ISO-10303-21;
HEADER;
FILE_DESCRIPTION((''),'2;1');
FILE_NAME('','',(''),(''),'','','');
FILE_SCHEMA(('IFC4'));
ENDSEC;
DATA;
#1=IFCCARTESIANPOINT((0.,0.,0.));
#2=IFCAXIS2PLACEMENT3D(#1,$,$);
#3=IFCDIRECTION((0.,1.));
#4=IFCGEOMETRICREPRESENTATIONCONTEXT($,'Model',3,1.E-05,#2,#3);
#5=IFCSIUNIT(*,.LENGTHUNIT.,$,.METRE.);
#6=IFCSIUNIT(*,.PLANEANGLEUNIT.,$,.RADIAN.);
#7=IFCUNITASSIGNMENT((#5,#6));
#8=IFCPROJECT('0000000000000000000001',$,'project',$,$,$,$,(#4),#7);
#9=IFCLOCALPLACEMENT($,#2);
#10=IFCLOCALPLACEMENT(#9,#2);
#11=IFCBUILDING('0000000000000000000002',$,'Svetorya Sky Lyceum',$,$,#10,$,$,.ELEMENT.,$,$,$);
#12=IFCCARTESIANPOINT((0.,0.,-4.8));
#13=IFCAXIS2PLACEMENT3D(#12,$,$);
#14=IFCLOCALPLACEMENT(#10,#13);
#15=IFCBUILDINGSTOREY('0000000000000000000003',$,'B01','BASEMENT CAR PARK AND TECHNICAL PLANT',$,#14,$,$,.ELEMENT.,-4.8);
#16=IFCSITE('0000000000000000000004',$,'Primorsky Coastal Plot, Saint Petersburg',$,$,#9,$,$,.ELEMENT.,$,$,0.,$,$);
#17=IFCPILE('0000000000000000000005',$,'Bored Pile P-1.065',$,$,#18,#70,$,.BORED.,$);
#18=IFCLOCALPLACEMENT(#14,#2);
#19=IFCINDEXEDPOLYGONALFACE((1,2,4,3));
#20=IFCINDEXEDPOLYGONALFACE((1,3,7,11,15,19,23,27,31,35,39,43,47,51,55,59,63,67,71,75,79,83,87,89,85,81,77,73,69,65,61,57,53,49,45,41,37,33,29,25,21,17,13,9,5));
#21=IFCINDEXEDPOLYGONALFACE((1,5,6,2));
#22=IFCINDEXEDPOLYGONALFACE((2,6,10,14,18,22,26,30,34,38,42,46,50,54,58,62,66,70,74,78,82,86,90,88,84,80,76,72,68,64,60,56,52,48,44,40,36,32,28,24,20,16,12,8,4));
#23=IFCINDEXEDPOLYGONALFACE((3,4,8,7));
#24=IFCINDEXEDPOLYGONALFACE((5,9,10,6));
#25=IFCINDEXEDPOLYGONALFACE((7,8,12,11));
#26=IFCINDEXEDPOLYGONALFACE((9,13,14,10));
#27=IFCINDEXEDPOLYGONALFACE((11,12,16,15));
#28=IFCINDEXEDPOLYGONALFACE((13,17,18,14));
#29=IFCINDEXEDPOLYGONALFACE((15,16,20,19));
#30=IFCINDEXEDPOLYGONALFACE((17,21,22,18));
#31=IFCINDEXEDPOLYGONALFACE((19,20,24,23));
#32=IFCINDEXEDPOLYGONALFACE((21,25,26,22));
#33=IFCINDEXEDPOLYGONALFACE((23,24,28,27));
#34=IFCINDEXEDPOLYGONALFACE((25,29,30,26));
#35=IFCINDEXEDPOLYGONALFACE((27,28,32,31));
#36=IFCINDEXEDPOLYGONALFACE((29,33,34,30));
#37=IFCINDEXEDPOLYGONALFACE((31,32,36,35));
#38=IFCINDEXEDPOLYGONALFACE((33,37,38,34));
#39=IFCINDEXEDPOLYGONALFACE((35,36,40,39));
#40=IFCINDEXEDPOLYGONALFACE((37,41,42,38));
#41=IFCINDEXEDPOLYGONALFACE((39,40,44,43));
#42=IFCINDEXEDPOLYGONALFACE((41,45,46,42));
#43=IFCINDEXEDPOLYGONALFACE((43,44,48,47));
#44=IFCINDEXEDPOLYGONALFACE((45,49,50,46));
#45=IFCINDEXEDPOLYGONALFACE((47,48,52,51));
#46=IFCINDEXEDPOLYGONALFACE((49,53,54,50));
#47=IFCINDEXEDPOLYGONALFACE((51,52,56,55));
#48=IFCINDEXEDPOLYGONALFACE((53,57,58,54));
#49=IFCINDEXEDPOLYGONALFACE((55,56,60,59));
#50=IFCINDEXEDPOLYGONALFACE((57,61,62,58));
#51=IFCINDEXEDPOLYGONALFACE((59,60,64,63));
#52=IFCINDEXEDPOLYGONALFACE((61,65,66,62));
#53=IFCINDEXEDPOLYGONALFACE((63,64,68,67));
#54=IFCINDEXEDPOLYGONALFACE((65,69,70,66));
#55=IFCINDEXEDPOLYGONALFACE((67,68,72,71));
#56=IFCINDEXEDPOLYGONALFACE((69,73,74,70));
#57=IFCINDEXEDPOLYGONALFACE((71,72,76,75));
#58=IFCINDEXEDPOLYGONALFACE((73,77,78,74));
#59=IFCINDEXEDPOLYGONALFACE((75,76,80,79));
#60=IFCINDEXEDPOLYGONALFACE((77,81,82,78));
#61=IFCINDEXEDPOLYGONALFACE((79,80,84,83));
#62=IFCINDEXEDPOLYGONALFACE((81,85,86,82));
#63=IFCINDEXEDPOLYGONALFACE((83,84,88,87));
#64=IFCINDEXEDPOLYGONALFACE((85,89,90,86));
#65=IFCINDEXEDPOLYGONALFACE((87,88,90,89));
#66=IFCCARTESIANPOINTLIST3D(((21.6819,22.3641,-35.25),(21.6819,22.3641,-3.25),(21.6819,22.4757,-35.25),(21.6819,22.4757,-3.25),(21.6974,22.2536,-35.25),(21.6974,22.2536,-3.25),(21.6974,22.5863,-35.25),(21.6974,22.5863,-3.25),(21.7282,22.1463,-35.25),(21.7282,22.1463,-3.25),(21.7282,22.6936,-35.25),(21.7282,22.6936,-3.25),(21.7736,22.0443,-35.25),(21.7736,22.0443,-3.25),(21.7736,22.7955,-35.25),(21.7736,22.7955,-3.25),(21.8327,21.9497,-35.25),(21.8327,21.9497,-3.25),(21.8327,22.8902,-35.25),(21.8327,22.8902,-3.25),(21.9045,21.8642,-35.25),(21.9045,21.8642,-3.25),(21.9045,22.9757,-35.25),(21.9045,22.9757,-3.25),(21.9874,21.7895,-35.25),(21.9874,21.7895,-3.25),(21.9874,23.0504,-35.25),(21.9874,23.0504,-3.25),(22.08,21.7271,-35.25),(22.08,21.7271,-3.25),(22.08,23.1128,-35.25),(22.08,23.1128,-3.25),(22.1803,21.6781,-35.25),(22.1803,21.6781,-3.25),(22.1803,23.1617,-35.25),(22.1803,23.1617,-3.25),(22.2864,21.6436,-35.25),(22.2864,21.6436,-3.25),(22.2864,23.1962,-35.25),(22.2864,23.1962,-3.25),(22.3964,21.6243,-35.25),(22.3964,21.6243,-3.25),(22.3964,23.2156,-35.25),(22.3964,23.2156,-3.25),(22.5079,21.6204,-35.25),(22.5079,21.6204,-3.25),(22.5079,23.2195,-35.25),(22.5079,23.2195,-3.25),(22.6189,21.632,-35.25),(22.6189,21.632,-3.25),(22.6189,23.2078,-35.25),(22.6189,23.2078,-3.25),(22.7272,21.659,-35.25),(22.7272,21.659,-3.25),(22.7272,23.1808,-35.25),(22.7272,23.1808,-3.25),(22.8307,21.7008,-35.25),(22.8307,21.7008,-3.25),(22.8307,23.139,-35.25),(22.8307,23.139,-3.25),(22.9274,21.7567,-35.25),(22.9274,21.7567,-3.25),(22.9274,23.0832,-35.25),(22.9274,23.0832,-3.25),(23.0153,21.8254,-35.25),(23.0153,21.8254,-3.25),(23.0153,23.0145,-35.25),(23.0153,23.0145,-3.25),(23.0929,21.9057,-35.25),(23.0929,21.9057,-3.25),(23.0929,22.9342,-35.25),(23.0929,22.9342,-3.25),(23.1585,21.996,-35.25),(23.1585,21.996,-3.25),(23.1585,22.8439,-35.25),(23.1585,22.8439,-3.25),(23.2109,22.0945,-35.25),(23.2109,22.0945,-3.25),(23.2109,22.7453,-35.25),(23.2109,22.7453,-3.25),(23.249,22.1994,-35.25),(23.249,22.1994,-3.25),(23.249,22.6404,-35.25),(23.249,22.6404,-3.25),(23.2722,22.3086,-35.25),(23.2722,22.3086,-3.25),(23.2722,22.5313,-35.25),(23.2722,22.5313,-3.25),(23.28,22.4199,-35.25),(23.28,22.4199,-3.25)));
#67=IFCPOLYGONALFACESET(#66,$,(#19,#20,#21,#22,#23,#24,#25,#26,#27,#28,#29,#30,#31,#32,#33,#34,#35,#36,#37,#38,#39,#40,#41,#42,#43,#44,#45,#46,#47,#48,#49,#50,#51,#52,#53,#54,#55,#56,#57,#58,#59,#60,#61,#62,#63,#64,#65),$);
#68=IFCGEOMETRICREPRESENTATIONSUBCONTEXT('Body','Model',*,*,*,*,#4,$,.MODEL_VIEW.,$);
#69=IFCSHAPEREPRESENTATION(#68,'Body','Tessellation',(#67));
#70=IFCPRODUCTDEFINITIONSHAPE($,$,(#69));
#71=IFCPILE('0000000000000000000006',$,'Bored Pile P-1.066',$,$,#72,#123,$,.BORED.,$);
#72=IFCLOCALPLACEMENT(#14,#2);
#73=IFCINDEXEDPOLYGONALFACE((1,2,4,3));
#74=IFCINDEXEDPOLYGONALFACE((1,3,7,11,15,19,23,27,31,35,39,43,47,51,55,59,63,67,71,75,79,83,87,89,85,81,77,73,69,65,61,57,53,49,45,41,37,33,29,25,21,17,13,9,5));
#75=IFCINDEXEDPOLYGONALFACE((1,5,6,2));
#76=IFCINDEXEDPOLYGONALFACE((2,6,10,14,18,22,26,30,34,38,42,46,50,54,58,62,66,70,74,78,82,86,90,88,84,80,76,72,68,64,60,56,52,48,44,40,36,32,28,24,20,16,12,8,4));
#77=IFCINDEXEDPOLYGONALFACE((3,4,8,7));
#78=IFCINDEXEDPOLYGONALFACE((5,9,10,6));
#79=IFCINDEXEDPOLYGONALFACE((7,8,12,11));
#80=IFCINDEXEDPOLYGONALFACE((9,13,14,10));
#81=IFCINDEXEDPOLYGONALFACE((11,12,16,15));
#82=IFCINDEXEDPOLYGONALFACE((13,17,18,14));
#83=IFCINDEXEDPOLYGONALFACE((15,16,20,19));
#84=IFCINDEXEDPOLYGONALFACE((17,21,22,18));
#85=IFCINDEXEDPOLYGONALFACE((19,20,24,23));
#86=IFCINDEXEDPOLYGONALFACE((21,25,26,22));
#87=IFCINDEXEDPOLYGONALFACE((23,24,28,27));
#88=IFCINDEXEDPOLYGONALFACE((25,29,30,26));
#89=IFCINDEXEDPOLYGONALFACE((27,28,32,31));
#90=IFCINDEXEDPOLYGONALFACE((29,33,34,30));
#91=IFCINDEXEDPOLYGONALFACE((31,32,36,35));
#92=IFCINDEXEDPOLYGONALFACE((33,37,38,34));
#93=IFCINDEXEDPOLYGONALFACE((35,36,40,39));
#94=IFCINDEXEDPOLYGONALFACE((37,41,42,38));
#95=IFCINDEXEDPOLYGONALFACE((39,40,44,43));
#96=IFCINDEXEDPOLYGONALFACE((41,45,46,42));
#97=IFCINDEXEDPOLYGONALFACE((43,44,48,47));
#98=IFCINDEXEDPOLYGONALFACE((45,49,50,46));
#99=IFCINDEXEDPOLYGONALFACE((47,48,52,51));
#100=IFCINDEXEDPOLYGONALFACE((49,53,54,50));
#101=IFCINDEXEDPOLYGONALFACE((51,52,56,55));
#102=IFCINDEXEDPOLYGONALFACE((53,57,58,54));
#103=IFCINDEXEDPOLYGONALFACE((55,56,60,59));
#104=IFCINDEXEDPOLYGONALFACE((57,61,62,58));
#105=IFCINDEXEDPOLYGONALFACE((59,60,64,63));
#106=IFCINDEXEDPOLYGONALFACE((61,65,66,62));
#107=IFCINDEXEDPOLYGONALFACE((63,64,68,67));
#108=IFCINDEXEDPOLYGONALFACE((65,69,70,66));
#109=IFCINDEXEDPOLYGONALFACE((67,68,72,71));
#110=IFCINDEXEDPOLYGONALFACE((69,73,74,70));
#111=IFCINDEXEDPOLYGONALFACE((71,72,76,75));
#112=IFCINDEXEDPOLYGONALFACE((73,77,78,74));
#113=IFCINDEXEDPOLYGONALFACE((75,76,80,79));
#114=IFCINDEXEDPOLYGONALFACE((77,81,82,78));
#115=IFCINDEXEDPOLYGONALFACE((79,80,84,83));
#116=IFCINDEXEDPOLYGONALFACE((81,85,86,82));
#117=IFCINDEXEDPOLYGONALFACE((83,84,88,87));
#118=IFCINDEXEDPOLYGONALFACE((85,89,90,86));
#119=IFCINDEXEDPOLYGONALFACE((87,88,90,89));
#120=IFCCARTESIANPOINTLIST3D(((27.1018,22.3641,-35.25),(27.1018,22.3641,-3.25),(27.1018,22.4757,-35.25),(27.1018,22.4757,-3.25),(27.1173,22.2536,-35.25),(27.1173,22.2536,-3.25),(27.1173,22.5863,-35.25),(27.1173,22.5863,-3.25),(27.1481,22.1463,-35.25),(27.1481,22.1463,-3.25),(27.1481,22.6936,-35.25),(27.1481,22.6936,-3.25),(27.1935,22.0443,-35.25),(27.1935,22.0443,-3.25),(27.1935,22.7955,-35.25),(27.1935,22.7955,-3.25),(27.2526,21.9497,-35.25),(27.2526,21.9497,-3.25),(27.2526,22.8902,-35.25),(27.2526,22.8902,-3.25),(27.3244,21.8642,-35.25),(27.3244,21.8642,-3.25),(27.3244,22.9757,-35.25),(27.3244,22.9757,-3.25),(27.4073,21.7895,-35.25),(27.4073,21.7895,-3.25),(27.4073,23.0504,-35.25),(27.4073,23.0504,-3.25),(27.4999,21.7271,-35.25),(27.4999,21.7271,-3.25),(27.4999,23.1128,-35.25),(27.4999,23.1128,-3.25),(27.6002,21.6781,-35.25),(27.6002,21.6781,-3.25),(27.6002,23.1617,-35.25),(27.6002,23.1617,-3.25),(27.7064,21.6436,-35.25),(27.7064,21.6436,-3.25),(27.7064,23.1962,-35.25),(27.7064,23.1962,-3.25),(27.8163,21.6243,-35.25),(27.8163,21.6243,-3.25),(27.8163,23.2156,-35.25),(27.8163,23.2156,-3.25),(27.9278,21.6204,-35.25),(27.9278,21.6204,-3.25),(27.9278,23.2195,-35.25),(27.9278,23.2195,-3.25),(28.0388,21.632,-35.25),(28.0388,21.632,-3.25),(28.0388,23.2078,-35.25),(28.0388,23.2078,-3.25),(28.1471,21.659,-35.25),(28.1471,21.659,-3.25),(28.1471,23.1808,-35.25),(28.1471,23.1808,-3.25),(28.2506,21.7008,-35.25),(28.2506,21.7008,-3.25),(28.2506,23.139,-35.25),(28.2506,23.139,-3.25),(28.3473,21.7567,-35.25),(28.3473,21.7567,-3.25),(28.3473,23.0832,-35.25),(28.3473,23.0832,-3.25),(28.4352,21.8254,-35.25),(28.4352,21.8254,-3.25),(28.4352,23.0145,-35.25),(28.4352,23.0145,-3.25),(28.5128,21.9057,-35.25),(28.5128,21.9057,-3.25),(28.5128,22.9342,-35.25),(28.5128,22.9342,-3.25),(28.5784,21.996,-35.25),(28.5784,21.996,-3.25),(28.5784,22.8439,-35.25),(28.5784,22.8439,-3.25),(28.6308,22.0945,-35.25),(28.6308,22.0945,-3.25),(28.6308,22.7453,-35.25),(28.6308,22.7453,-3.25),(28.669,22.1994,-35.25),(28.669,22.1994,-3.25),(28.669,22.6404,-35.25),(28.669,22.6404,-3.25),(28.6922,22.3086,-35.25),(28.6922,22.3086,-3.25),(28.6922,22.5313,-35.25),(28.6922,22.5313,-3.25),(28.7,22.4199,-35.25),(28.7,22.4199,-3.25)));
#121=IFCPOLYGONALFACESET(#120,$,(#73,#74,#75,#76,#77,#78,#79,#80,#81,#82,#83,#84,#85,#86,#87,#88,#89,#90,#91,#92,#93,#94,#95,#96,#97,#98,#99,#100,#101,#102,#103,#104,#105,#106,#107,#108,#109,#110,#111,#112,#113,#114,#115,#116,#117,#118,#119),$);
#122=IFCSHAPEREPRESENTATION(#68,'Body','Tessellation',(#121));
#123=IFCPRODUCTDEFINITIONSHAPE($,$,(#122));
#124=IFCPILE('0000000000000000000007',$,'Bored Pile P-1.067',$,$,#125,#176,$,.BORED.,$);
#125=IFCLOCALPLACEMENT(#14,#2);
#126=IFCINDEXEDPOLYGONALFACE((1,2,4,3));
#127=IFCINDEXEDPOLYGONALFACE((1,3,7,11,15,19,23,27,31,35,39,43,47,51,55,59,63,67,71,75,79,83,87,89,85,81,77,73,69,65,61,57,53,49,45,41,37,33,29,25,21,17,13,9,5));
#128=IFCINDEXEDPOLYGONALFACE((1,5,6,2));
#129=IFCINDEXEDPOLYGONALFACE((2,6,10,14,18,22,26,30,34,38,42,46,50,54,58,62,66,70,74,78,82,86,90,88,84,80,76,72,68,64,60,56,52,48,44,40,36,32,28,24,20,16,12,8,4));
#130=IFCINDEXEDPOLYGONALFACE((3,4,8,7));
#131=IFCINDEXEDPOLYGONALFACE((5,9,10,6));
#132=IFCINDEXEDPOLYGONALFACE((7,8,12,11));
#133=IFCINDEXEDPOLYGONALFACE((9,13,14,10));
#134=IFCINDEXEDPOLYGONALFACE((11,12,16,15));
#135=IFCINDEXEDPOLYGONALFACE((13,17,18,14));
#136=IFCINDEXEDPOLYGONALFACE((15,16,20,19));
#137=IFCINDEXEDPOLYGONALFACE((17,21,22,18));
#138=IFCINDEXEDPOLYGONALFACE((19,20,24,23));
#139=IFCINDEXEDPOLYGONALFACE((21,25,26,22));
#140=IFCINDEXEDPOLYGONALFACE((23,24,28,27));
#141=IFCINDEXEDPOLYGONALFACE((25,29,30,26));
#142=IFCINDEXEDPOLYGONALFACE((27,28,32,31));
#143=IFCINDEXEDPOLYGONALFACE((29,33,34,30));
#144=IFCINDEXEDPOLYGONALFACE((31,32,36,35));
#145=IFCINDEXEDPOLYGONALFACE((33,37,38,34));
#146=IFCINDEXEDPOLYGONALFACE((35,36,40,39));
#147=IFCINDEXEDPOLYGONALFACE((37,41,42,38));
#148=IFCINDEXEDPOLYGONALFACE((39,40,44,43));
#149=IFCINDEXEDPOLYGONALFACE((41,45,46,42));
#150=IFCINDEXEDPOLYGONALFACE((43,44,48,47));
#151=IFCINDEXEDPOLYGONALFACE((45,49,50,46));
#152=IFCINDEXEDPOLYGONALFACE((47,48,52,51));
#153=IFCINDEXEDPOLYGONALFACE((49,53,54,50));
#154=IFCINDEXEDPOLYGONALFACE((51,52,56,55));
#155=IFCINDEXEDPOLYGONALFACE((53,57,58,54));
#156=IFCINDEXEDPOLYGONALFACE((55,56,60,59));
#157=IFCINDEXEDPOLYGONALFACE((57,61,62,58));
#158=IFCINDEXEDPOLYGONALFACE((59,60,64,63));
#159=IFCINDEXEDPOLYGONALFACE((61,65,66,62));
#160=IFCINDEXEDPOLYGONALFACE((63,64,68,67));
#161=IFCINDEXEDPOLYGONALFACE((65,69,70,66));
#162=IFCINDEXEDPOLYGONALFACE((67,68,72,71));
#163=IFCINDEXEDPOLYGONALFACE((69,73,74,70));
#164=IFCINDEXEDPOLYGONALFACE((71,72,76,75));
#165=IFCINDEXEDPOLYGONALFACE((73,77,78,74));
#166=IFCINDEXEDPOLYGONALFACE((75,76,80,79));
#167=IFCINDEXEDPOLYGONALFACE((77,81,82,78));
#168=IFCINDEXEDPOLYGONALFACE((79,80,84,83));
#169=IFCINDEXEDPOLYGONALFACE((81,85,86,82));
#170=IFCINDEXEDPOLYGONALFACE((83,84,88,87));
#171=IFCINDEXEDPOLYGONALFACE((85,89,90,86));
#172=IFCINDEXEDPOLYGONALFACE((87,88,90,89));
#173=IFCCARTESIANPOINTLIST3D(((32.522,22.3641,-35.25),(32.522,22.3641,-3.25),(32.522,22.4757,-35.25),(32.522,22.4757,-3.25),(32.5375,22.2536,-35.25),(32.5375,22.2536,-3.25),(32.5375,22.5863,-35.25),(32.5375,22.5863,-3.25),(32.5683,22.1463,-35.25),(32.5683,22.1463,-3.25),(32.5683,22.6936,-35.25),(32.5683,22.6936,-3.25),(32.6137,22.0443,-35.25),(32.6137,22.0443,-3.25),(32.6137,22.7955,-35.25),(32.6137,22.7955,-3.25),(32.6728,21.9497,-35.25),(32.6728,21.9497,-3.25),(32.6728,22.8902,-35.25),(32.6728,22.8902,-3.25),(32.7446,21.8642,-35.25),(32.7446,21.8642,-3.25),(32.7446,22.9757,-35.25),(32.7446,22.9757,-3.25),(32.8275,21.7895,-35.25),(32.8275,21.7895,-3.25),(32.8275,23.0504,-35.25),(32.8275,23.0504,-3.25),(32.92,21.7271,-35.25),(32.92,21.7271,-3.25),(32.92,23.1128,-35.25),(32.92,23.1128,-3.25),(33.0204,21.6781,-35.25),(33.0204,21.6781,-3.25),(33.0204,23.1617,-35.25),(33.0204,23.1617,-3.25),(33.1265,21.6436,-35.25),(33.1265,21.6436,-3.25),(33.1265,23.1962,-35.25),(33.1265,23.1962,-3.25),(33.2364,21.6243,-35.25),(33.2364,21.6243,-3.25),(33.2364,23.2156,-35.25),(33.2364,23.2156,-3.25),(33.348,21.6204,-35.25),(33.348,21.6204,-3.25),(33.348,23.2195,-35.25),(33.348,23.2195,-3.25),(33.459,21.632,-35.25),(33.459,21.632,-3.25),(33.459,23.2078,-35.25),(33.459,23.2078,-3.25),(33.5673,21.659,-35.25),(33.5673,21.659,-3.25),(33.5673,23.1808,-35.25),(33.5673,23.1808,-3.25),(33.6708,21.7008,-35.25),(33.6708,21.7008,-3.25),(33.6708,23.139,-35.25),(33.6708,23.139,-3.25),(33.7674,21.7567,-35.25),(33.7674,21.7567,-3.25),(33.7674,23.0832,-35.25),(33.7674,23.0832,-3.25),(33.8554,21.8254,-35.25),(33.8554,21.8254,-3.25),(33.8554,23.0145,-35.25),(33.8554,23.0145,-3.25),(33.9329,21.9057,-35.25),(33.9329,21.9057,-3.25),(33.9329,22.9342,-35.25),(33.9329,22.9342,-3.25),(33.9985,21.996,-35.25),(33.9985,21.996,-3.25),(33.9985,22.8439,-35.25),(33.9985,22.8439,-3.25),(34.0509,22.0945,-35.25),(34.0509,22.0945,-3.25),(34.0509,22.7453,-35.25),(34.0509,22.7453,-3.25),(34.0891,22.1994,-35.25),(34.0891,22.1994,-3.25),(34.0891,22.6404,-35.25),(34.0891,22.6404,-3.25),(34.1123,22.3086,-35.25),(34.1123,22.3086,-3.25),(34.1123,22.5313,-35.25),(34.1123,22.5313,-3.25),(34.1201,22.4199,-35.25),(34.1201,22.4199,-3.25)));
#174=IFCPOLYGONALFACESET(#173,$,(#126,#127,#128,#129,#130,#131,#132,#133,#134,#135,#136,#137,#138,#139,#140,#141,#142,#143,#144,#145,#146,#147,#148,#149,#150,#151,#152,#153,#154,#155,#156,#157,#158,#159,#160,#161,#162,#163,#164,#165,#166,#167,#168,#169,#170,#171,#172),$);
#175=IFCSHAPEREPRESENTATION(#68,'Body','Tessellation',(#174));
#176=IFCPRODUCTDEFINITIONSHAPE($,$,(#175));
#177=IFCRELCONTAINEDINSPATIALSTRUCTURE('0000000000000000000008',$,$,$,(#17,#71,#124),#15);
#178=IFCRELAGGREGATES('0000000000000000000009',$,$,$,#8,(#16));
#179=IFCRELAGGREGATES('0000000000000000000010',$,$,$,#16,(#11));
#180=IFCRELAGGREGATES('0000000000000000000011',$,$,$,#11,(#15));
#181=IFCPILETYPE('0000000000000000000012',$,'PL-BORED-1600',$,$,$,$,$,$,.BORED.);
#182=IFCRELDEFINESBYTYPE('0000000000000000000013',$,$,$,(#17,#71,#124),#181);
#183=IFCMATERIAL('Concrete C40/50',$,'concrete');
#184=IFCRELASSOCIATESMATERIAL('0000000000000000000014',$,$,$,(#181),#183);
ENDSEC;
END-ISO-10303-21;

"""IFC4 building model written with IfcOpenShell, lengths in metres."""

from ifc_helpers import new_model, si_unit, direction, frame, origin, origin_2d, place, context, subcontext, project, spatial, circle, extrude, material, material_profile, profile_set, type_object, element, save


model = new_model("IFC4")

# Units and contexts
model_context = context("Model", 3, precision=1e-05, world=origin(), true_north=direction((0.0, 1.0)))
body_context = subcontext(model_context, "Body", "Model", "MODEL_VIEW")
ifc_project = project(units=[si_unit("LENGTHUNIT", "METRE"), si_unit("PLANEANGLEUNIT", "RADIAN")], contexts=[model_context])

# Site, building, storey
site_placement = place(None, origin())
site = spatial("IfcSite", under=ifc_project, at=site_placement, Name="Primorsky Coastal Plot, Saint Petersburg", CompositionType="ELEMENT", RefElevation=0.0)
building_placement = place(site_placement, origin())
building = spatial("IfcBuilding", under=site, at=building_placement, Name="Svetorya Sky Lyceum", CompositionType="ELEMENT")
storey_placement = place(building_placement, frame((0.0, 0.0, -4.8)))
storey = spatial("IfcBuildingStorey", under=building, at=storey_placement, Name="B01", Description="BASEMENT CAR PARK AND TECHNICAL PLANT", CompositionType="ELEMENT", Elevation=-4.8)

# Piles
ifc_material_1 = material(Name="Concrete C40/50", Category="concrete")
ifc_material_profile_1 = material_profile(ifc_material_1, circle(Radius=0.8, at=origin_2d()), Name="RC PILE D1600")
ifc_profile_set_1 = profile_set([ifc_material_profile_1], Name="Concrete C40/50")
pile_type = type_object("IfcPileType", Name="PL-BORED-1600", PredefinedType="BORED", material=ifc_profile_set_1)
for number, where, z_axis, x_axis, name in (
    (1, (22.48, 22.4199, -3.25), (0.0, 0.0, -1.0), (1.0, 0.0, 0.0), "Bored Pile P-1.065"),
    (2, (27.8999, 22.4199, -3.25), (0.0, 0.0, -1.0), (1.0, 0.0, 0.0), "Bored Pile P-1.066"),
    (3, (33.3201, 22.4199, -3.25), (0.0, 0.0, -1.0), (1.0, 0.0, 0.0), "Bored Pile P-1.067"),
):
    element("IfcPile", number, at=place(storey_placement, frame(where, z_axis=z_axis, x_axis=x_axis)), inside=storey, type_object=pile_type, Name=name, PredefinedType="BORED", context=body_context, shape_type="SweptSolid", body=[
        extrude(circle(Radius=0.8, at=origin_2d()), origin(), (0.0, 0.0, 1.0), 32.0),
    ])

save(model, "model.ifc")
